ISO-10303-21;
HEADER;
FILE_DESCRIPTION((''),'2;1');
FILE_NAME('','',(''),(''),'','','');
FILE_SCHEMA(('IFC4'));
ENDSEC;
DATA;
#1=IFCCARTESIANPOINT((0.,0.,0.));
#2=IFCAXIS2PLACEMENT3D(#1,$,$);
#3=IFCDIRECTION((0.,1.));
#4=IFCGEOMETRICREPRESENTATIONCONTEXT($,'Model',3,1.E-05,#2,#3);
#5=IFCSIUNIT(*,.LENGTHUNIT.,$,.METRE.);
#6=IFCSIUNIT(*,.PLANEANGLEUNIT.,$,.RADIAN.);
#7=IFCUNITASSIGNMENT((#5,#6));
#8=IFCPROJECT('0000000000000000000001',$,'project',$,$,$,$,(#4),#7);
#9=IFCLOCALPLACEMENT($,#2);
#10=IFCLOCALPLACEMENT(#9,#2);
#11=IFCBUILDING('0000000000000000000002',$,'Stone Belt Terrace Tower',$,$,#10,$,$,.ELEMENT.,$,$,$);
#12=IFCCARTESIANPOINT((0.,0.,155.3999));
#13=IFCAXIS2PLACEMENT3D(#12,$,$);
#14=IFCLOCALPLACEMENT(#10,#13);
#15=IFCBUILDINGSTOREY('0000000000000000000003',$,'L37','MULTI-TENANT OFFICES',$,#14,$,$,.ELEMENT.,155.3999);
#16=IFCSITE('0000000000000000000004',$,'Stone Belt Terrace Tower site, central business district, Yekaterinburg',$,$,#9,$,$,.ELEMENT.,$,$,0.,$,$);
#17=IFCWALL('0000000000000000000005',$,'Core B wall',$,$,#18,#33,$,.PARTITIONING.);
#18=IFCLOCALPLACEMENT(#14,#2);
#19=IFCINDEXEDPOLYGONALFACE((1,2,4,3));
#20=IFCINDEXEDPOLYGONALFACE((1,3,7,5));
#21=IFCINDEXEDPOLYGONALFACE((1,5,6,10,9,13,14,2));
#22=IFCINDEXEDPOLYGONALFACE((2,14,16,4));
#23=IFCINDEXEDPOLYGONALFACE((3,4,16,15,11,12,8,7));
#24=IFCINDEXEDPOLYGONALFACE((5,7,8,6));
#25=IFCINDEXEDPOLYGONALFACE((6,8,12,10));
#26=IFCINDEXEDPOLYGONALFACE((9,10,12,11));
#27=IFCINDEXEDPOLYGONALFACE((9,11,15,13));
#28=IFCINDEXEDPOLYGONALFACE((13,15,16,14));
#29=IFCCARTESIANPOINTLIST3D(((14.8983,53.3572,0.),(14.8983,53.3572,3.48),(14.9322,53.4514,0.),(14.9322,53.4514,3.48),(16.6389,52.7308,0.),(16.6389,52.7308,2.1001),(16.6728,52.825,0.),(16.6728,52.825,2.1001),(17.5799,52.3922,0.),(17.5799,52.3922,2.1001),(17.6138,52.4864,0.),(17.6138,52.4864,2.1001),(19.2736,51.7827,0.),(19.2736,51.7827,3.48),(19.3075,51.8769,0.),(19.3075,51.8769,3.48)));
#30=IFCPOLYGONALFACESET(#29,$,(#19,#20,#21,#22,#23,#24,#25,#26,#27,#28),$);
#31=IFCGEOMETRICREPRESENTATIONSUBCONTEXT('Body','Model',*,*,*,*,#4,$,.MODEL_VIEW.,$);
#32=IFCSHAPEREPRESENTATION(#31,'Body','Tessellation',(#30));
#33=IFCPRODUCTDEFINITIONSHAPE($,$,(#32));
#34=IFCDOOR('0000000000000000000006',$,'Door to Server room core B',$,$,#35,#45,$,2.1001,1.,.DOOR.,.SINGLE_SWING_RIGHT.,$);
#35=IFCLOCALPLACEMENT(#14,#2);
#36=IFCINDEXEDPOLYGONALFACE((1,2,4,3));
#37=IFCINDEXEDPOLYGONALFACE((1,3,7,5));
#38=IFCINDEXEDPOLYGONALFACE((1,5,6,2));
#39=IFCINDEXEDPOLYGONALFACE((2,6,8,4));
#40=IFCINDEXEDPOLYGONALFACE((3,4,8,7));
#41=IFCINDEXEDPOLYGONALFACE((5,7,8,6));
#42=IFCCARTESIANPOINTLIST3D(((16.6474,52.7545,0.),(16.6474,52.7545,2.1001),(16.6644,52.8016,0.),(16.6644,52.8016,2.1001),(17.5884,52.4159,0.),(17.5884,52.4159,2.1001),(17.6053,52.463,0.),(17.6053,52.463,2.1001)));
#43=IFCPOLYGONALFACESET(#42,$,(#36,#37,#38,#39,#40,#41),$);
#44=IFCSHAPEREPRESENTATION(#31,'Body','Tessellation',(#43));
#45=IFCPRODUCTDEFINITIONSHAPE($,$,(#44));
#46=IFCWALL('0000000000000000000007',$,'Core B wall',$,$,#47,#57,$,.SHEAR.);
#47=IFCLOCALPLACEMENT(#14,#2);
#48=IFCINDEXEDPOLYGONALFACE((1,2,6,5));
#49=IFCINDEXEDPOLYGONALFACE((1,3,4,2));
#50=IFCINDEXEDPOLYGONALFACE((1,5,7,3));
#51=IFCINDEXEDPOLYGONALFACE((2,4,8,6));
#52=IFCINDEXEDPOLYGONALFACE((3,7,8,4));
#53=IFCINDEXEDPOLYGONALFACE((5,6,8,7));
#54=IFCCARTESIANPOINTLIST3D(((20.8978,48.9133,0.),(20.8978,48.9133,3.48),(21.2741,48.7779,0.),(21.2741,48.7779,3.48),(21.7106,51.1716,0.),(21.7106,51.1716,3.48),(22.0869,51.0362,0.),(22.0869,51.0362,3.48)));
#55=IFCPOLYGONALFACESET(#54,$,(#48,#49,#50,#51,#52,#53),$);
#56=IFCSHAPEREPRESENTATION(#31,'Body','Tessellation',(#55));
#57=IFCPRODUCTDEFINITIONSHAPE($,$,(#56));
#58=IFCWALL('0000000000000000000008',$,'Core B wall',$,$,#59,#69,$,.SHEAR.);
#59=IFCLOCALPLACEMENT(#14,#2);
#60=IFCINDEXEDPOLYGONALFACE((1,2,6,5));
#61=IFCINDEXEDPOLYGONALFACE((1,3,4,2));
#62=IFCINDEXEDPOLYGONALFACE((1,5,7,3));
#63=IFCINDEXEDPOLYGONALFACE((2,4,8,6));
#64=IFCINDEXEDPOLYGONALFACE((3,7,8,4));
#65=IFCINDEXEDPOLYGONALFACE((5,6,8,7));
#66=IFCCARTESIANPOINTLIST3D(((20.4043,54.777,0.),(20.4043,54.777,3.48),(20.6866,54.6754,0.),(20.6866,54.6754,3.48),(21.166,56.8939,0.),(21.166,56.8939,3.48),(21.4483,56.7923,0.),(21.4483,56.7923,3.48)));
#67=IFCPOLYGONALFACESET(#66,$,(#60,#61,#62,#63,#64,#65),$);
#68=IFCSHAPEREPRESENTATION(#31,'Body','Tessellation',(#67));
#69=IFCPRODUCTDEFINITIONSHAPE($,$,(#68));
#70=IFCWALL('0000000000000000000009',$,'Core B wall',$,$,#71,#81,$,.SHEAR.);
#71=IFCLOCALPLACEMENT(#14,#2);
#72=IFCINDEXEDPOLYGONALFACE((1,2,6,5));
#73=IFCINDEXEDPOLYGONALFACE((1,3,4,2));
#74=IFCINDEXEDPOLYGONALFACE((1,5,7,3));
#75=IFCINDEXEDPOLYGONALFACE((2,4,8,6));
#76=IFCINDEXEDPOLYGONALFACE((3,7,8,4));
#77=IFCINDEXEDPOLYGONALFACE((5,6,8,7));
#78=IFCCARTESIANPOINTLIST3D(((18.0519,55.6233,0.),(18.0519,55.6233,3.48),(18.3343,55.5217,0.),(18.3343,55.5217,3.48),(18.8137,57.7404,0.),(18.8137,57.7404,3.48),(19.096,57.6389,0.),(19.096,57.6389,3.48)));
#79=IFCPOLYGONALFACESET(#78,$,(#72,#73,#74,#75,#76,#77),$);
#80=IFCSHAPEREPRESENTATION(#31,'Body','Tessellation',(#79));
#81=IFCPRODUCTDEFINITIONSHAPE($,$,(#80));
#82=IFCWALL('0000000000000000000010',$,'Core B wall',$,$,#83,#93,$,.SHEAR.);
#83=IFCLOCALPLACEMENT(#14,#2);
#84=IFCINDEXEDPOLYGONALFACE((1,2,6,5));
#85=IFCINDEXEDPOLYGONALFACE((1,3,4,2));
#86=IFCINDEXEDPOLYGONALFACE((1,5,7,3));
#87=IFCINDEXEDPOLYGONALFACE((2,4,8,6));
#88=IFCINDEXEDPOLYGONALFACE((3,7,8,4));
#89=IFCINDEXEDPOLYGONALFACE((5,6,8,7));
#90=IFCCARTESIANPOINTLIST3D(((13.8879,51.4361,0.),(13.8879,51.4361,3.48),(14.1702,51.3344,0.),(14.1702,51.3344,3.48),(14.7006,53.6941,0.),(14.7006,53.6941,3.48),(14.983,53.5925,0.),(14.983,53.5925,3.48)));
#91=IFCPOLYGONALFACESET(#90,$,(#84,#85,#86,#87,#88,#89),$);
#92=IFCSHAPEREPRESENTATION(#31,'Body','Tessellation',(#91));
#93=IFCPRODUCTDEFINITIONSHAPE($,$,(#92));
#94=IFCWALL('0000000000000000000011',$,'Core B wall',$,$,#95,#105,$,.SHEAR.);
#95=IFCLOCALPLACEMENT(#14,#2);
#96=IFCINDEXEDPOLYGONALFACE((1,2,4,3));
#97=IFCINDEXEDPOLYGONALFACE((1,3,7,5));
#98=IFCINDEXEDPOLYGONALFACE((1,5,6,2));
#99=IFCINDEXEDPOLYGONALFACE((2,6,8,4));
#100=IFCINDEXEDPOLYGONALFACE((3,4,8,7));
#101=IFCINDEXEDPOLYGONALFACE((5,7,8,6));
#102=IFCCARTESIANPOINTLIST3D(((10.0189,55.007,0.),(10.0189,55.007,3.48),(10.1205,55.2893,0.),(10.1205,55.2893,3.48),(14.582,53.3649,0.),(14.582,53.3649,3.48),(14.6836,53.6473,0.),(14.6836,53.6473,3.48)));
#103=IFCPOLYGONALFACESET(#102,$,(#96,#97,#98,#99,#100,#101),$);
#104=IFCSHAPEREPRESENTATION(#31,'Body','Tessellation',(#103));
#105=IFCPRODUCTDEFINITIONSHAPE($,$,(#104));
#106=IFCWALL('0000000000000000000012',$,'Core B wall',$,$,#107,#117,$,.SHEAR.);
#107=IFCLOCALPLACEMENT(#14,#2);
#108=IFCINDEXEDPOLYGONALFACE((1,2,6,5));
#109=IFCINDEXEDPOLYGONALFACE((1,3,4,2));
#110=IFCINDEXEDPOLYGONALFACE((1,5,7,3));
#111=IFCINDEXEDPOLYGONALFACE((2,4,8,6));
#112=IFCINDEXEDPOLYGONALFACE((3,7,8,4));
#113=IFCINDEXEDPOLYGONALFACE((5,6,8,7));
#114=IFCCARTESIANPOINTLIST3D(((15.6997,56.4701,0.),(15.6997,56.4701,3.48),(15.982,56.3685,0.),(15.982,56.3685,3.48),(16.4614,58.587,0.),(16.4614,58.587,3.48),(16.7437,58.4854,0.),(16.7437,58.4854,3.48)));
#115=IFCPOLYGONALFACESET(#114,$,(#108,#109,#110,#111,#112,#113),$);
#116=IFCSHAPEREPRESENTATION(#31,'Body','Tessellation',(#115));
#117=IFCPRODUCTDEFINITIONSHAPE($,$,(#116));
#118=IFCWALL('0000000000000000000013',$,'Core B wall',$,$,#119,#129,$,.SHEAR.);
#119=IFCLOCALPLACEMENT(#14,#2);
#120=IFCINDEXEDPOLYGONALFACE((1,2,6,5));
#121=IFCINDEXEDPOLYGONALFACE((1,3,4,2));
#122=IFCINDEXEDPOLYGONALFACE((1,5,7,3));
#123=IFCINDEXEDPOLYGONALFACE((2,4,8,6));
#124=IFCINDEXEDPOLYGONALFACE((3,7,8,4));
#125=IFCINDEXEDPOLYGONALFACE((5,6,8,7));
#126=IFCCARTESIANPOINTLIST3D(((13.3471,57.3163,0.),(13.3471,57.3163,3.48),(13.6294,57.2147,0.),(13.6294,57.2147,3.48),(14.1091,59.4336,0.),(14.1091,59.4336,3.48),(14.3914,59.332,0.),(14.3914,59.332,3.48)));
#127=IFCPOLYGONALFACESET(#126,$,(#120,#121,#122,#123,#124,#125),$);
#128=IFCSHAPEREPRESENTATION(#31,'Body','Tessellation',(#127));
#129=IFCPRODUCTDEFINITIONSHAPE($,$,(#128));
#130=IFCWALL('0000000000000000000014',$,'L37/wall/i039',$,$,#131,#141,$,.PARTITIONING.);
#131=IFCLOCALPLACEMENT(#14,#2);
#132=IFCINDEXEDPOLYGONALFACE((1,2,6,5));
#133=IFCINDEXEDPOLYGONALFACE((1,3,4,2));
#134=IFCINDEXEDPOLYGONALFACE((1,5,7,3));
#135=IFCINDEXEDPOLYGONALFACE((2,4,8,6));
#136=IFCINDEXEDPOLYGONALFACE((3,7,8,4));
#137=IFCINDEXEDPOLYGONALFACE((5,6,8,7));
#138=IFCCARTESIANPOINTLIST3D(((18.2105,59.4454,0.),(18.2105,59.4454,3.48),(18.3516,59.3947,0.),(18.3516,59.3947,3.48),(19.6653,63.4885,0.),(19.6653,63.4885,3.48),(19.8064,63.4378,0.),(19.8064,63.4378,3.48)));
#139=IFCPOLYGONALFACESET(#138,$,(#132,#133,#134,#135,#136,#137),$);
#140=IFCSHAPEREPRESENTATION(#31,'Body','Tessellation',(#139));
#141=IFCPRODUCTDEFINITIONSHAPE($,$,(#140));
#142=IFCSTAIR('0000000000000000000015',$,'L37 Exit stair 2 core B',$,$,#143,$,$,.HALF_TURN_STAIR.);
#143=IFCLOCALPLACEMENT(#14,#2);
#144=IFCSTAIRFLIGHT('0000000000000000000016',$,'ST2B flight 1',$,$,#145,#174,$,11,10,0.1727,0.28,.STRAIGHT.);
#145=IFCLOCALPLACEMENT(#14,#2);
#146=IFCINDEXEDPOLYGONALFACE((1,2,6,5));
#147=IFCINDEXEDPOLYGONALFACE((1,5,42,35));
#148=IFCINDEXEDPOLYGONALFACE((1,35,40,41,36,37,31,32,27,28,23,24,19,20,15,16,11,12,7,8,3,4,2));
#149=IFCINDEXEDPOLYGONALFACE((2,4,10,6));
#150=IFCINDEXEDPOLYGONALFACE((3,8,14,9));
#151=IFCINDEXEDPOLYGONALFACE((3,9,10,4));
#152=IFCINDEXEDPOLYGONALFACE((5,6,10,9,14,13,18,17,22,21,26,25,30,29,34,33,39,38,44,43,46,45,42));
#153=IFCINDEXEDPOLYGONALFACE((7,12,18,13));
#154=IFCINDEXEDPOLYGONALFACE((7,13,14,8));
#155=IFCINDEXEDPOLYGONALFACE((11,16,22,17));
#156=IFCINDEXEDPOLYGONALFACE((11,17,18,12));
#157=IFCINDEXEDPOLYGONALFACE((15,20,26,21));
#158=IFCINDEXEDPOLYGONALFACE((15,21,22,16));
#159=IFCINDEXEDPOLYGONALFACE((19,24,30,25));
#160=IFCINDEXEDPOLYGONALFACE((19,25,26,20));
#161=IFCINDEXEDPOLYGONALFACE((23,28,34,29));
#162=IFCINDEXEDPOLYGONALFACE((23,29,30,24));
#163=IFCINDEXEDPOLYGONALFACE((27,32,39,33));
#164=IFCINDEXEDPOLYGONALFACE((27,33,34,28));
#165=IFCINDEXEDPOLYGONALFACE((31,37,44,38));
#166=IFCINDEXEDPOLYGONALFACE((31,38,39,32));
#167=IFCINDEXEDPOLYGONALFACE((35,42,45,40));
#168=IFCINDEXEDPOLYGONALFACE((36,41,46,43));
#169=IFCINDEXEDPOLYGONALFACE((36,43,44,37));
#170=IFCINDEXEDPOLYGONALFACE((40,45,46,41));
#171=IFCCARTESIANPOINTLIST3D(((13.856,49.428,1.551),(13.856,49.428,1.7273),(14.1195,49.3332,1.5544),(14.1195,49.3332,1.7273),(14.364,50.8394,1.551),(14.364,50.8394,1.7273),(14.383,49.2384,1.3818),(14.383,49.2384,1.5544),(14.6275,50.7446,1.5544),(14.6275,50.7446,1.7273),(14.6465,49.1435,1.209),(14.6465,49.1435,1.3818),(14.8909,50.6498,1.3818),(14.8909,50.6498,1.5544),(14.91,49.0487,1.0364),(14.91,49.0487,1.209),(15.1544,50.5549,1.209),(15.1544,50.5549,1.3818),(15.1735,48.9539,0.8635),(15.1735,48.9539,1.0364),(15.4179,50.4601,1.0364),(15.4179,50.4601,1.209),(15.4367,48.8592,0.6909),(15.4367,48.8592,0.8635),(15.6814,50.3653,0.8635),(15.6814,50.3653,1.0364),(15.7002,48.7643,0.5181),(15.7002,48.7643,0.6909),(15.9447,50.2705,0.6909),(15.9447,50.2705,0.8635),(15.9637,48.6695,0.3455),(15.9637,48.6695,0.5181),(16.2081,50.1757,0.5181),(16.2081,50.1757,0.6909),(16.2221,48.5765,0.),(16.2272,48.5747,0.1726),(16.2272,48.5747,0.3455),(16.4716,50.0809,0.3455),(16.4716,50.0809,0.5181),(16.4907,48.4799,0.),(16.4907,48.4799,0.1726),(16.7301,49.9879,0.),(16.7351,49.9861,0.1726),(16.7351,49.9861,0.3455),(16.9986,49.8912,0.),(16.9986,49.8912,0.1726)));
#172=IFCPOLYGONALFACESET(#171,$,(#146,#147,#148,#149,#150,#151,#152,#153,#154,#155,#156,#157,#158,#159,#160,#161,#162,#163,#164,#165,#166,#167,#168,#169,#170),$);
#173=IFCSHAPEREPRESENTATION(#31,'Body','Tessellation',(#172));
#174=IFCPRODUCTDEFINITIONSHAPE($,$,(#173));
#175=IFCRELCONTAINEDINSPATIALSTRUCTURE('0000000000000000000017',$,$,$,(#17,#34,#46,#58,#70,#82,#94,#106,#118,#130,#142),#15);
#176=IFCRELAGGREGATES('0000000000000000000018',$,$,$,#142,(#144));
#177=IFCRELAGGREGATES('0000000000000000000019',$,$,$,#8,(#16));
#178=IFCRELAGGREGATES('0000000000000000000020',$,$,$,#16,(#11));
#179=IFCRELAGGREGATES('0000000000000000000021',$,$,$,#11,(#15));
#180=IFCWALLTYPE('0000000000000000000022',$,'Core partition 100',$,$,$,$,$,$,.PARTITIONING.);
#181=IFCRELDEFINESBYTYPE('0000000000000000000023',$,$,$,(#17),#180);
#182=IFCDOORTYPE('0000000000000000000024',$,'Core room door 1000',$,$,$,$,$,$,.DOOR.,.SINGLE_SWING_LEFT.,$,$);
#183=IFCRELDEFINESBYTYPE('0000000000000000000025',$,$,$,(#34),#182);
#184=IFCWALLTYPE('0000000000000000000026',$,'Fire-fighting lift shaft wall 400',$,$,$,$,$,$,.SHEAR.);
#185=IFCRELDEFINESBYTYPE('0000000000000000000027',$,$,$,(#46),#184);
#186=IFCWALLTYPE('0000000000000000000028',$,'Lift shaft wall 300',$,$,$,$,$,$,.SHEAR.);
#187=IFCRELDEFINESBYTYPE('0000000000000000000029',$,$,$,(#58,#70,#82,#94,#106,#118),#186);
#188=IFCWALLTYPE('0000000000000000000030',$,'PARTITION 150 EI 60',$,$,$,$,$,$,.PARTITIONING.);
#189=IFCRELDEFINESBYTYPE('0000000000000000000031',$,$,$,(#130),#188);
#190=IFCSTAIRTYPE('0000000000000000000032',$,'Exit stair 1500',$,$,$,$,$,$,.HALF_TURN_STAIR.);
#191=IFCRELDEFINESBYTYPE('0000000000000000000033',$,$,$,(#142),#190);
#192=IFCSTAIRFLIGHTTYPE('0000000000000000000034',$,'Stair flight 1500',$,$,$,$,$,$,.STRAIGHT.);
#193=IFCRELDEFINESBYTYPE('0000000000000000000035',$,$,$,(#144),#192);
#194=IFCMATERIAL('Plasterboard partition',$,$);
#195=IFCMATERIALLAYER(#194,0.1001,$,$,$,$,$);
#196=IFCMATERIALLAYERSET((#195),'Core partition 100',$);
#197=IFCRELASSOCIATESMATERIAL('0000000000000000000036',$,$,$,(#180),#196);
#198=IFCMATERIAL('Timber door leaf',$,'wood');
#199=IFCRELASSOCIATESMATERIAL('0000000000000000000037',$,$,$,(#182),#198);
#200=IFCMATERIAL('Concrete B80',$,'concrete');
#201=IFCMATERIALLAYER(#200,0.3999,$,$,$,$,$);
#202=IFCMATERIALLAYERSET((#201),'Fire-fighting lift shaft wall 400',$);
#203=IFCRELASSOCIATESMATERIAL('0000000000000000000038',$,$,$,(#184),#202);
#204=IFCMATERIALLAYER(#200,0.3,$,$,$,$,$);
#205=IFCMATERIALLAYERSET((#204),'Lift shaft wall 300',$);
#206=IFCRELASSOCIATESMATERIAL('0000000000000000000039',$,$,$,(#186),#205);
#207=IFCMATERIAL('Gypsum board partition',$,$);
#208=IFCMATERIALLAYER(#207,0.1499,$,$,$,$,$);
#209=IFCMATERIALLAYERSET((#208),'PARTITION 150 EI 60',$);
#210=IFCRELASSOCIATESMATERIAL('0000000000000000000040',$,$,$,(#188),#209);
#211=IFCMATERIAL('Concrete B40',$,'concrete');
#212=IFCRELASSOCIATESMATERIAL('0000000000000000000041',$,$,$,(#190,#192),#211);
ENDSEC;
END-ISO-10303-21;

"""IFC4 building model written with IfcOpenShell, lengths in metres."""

from ifc_helpers import new_model, si_unit, direction, frame, frame_2d, origin, place, context, subcontext, project, spatial, polyline, rectangle, outline, extrude, material, layer, layer_set, type_object, element, fill, aggregate, save


model = new_model("IFC4")

# Units and contexts
model_context = context("Model", 3, precision=1e-05, world=origin(), true_north=direction((0.0, 1.0)))
body_context = subcontext(model_context, "Body", "Model", "MODEL_VIEW")
ifc_project = project(units=[si_unit("LENGTHUNIT", "METRE"), si_unit("PLANEANGLEUNIT", "RADIAN")], contexts=[model_context])

# Site, building, storey
site_placement = place(None, origin())
site = spatial("IfcSite", under=ifc_project, at=site_placement, Name="Stone Belt Terrace Tower site, central business district, Yekaterinburg", CompositionType="ELEMENT", RefElevation=0.0)
building_placement = place(site_placement, origin())
building = spatial("IfcBuilding", under=site, at=building_placement, Name="Stone Belt Terrace Tower", CompositionType="ELEMENT")
storey_placement = place(building_placement, frame((0.0, 0.0, 155.3999)))
storey = spatial("IfcBuildingStorey", under=building, at=storey_placement, Name="L37", Description="MULTI-TENANT OFFICES", CompositionType="ELEMENT", Elevation=155.3999)

# Shared definitions
ifc_material_1 = material(Name="Concrete B80", Category="concrete")

# Wall, opening, door
ifc_material_2 = material(Name="Plasterboard partition")
ifc_layer_1 = layer(ifc_material_2, 0.1001)
ifc_layer_set_1 = layer_set([ifc_layer_1], Name="Core partition 100")
wall_type_1 = type_object("IfcWallType", Name="Core partition 100", PredefinedType="PARTITIONING", material=ifc_layer_set_1)
wall_1_placement = place(storey_placement, frame((19.2905, 51.8298, 0.0), z_axis=(0.0, 0.0, 1.0), x_axis=(-0.94093, 0.3386, 0.0)))
wall_1 = element("IfcWall", 1, at=wall_1_placement, inside=storey, type_object=wall_type_1, Name="Core B wall", PredefinedType="PARTITIONING", context=body_context, shape_type="SweptSolid", body=[
    extrude(rectangle(XDim=4.6499, YDim=0.1001, at=frame_2d((2.325, 0.0))), origin(), (0.0, 0.0, 1.0), 3.48),
])
opening_placement = place(wall_1_placement, frame((1.8, 0.0, 0.0)))
opening = element("IfcOpeningElement", 2, at=opening_placement, cuts=wall_1, PredefinedType="OPENING", context=body_context, shape_type="SweptSolid", body=[
    extrude(rectangle(XDim=1.0, YDim=2.1001, at=frame_2d((0.5, 1.05))), frame((0.0, 0.0601, 0.0), z_axis=(0.0, -1.0, 0.0), x_axis=(1.0, 0.0, 0.0)), (0.0, 0.0, 1.0), 0.1201),
])
ifc_material_3 = material(Name="Timber door leaf", Category="wood")
door_type = type_object("IfcDoorType", Name="Core room door 1000", OperationType="SINGLE_SWING_LEFT", PredefinedType="DOOR", material=ifc_material_3)
door_placement = place(opening_placement, origin())
door = element("IfcDoor", 3, at=door_placement, inside=storey, type_object=door_type, Name="Door to Server room core B", OperationType="SINGLE_SWING_RIGHT", OverallHeight=2.1001, OverallWidth=1.0, PredefinedType="DOOR", context=body_context, shape_type="SweptSolid", body=[
    extrude(rectangle(XDim=1.0, YDim=2.1001, at=frame_2d((0.5, 1.05))), frame((0.0, 0.0249, 0.0), z_axis=(0.0, -1.0, 0.0), x_axis=(1.0, 0.0, 0.0)), (0.0, 0.0, 1.0), 0.05),
])
fill(opening, door)

# Walls
ifc_layer_2 = layer(ifc_material_1, 0.3999)
ifc_layer_set_2 = layer_set([ifc_layer_2], Name="Fire-fighting lift shaft wall 400")
wall_type_2 = type_object("IfcWallType", Name="Fire-fighting lift shaft wall 400", PredefinedType="SHEAR", material=ifc_layer_set_2)
wall_2_placement = place(storey_placement, frame((21.0859, 48.8455, 0.0), z_axis=(0.0, 0.0, 1.0), x_axis=(0.338629, 0.94092, 0.0)))
element("IfcWall", 4, at=wall_2_placement, inside=storey, type_object=wall_type_2, Name="Core B wall", PredefinedType="SHEAR", context=body_context, shape_type="SweptSolid", body=[
    extrude(rectangle(XDim=2.4001, YDim=0.3999, at=frame_2d((1.2002, 0.0))), origin(), (0.0, 0.0, 1.0), 3.48),
])
ifc_layer_3 = layer(ifc_material_1, 0.3)
ifc_layer_set_3 = layer_set([ifc_layer_3], Name="Lift shaft wall 300")
wall_type_3 = type_object("IfcWallType", Name="Lift shaft wall 300", PredefinedType="SHEAR", material=ifc_layer_set_3)
wall_3_placement = place(storey_placement, frame((20.5454, 54.7261, 0.0), z_axis=(0.0, 0.0, 1.0), x_axis=(0.33857, 0.940941, 0.0)))
element("IfcWall", 5, at=wall_3_placement, inside=storey, type_object=wall_type_3, Name="Core B wall", PredefinedType="SHEAR", context=body_context, shape_type="SweptSolid", body=[
    extrude(rectangle(XDim=2.2498, YDim=0.3, at=frame_2d((1.125, 0.0))), origin(), (0.0, 0.0, 1.0), 3.48),
])
wall_4_placement = place(storey_placement, frame((18.1931, 55.5725, 0.0), z_axis=(0.0, 0.0, 1.0), x_axis=(0.338535, 0.940954, 0.0)))
element("IfcWall", 6, at=wall_4_placement, inside=storey, type_object=wall_type_3, Name="Core B wall", PredefinedType="SHEAR", context=body_context, shape_type="SweptSolid", body=[
    extrude(rectangle(XDim=2.25, YDim=0.3, at=frame_2d((1.125, 0.0))), origin(), (0.0, 0.0, 1.0), 3.48),
])
wall_5_placement = place(storey_placement, frame((14.0291, 51.3853, 0.0), z_axis=(0.0, 0.0, 1.0), x_axis=(0.338662, 0.940908, 0.0)))
element("IfcWall", 7, at=wall_5_placement, inside=storey, type_object=wall_type_3, Name="Core B wall", PredefinedType="SHEAR", context=body_context, shape_type="SweptSolid", body=[
    extrude(rectangle(XDim=2.3999, YDim=0.3, at=frame_2d((1.2, 0.0))), origin(), (0.0, 0.0, 1.0), 3.48),
])
wall_6_placement = place(storey_placement, frame((14.6328, 53.5061, 0.0), z_axis=(0.0, 0.0, 1.0), x_axis=(-0.940932, 0.338596, 0.0)))
element("IfcWall", 8, at=wall_6_placement, inside=storey, type_object=wall_type_3, Name="Core B wall", PredefinedType="SHEAR", context=body_context, shape_type="SweptSolid", body=[
    extrude(rectangle(XDim=4.8496, YDim=0.3, at=frame_2d((2.4248, 0.0))), origin(), (0.0, 0.0, 1.0), 3.48),
])
wall_7_placement = place(storey_placement, frame((15.8408, 56.4192, 0.0), z_axis=(0.0, 0.0, 1.0), x_axis=(0.33857, 0.940941, 0.0)))
element("IfcWall", 9, at=wall_7_placement, inside=storey, type_object=wall_type_3, Name="Core B wall", PredefinedType="SHEAR", context=body_context, shape_type="SweptSolid", body=[
    extrude(rectangle(XDim=2.2498, YDim=0.3, at=frame_2d((1.125, 0.0))), origin(), (0.0, 0.0, 1.0), 3.48),
])
wall_8_placement = place(storey_placement, frame((13.4883, 57.2656, 0.0), z_axis=(0.0, 0.0, 1.0), x_axis=(0.338631, 0.940919, 0.0)))
element("IfcWall", 10, at=wall_8_placement, inside=storey, type_object=wall_type_3, Name="Core B wall", PredefinedType="SHEAR", context=body_context, shape_type="SweptSolid", body=[
    extrude(rectangle(XDim=2.2502, YDim=0.3, at=frame_2d((1.125, 0.0))), origin(), (0.0, 0.0, 1.0), 3.48),
])
ifc_material_4 = material(Name="Gypsum board partition")
ifc_layer_4 = layer(ifc_material_4, 0.1499)
ifc_layer_set_4 = layer_set([ifc_layer_4], Name="PARTITION 150 EI 60")
wall_type_4 = type_object("IfcWallType", Name="PARTITION 150 EI 60", PredefinedType="PARTITIONING", material=ifc_layer_set_4)
wall_9_placement = place(storey_placement, frame((19.7358, 63.4631, 0.0), z_axis=(0.0, 0.0, 1.0), x_axis=(-0.338571, -0.940941, 0.0)))
element("IfcWall", 11, at=wall_9_placement, inside=storey, type_object=wall_type_4, Name="L37/wall/i039", PredefinedType="PARTITIONING", context=body_context, shape_type="SweptSolid", body=[
    extrude(rectangle(XDim=4.2969, YDim=0.1499, at=frame_2d((2.1484, 0.0))), origin(), (0.0, 0.0, 1.0), 3.48),
])

# Stair, stair flight
ifc_material_5 = material(Name="Concrete B40", Category="concrete")
stair_type = type_object("IfcStairType", Name="Exit stair 1500", PredefinedType="HALF_TURN_STAIR", material=ifc_material_5)
stair_placement = place(storey_placement, origin())
stair = element("IfcStair", 12, at=stair_placement, inside=storey, type_object=stair_type, Name="L37 Exit stair 2 core B", PredefinedType="HALF_TURN_STAIR")
stair_flight_type = type_object("IfcStairFlightType", Name="Stair flight 1500", PredefinedType="STRAIGHT", material=ifc_material_5)
stair_flight_1_placement = place(storey_placement, frame((16.7446, 49.1855, 0.0), z_axis=(0.0, 0.0, 1.0), x_axis=(-0.940922, 0.338624, 0.0)))
stair_flight_1 = element("IfcStairFlight", 13, at=stair_flight_1_placement, type_object=stair_flight_type, Name="ST2B flight 1", NumberOfRisers=11, NumberOfTreads=10, PredefinedType="STRAIGHT", RiserHeight=0.1727, TreadLength=0.28, context=body_context, shape_type="SweptSolid", body=[
    extrude(outline(polyline([(0.0, 0.0), (0.0, 0.1726), (0.28, 0.1726), (0.28, 0.3455), (0.5601, 0.3455), (0.5601, 0.5181), (0.8401, 0.5181), (0.8401, 0.6909), (1.1201, 0.6909), (1.1201, 0.8635), (1.3999, 0.8635), (1.3999, 1.0364), (1.6799, 1.0364), (1.6799, 1.209), (1.96, 1.209), (1.96, 1.3818), (2.24, 1.3818), (2.24, 1.5544), (2.52, 1.5544), (2.52, 1.7273), (2.8, 1.7273), (2.8, 1.8999), (2.8, 1.551), (0.2854, 0.0), (0.0, 0.0)])), frame((0.0, 0.75, 0.0), z_axis=(0.0, -1.0, 0.0), x_axis=(1.0, 0.0, 0.0)), (0.0, 0.0, 1.0), 1.5),
])
aggregate(stair, [stair_flight_1])

save(model, "model.ifc")
